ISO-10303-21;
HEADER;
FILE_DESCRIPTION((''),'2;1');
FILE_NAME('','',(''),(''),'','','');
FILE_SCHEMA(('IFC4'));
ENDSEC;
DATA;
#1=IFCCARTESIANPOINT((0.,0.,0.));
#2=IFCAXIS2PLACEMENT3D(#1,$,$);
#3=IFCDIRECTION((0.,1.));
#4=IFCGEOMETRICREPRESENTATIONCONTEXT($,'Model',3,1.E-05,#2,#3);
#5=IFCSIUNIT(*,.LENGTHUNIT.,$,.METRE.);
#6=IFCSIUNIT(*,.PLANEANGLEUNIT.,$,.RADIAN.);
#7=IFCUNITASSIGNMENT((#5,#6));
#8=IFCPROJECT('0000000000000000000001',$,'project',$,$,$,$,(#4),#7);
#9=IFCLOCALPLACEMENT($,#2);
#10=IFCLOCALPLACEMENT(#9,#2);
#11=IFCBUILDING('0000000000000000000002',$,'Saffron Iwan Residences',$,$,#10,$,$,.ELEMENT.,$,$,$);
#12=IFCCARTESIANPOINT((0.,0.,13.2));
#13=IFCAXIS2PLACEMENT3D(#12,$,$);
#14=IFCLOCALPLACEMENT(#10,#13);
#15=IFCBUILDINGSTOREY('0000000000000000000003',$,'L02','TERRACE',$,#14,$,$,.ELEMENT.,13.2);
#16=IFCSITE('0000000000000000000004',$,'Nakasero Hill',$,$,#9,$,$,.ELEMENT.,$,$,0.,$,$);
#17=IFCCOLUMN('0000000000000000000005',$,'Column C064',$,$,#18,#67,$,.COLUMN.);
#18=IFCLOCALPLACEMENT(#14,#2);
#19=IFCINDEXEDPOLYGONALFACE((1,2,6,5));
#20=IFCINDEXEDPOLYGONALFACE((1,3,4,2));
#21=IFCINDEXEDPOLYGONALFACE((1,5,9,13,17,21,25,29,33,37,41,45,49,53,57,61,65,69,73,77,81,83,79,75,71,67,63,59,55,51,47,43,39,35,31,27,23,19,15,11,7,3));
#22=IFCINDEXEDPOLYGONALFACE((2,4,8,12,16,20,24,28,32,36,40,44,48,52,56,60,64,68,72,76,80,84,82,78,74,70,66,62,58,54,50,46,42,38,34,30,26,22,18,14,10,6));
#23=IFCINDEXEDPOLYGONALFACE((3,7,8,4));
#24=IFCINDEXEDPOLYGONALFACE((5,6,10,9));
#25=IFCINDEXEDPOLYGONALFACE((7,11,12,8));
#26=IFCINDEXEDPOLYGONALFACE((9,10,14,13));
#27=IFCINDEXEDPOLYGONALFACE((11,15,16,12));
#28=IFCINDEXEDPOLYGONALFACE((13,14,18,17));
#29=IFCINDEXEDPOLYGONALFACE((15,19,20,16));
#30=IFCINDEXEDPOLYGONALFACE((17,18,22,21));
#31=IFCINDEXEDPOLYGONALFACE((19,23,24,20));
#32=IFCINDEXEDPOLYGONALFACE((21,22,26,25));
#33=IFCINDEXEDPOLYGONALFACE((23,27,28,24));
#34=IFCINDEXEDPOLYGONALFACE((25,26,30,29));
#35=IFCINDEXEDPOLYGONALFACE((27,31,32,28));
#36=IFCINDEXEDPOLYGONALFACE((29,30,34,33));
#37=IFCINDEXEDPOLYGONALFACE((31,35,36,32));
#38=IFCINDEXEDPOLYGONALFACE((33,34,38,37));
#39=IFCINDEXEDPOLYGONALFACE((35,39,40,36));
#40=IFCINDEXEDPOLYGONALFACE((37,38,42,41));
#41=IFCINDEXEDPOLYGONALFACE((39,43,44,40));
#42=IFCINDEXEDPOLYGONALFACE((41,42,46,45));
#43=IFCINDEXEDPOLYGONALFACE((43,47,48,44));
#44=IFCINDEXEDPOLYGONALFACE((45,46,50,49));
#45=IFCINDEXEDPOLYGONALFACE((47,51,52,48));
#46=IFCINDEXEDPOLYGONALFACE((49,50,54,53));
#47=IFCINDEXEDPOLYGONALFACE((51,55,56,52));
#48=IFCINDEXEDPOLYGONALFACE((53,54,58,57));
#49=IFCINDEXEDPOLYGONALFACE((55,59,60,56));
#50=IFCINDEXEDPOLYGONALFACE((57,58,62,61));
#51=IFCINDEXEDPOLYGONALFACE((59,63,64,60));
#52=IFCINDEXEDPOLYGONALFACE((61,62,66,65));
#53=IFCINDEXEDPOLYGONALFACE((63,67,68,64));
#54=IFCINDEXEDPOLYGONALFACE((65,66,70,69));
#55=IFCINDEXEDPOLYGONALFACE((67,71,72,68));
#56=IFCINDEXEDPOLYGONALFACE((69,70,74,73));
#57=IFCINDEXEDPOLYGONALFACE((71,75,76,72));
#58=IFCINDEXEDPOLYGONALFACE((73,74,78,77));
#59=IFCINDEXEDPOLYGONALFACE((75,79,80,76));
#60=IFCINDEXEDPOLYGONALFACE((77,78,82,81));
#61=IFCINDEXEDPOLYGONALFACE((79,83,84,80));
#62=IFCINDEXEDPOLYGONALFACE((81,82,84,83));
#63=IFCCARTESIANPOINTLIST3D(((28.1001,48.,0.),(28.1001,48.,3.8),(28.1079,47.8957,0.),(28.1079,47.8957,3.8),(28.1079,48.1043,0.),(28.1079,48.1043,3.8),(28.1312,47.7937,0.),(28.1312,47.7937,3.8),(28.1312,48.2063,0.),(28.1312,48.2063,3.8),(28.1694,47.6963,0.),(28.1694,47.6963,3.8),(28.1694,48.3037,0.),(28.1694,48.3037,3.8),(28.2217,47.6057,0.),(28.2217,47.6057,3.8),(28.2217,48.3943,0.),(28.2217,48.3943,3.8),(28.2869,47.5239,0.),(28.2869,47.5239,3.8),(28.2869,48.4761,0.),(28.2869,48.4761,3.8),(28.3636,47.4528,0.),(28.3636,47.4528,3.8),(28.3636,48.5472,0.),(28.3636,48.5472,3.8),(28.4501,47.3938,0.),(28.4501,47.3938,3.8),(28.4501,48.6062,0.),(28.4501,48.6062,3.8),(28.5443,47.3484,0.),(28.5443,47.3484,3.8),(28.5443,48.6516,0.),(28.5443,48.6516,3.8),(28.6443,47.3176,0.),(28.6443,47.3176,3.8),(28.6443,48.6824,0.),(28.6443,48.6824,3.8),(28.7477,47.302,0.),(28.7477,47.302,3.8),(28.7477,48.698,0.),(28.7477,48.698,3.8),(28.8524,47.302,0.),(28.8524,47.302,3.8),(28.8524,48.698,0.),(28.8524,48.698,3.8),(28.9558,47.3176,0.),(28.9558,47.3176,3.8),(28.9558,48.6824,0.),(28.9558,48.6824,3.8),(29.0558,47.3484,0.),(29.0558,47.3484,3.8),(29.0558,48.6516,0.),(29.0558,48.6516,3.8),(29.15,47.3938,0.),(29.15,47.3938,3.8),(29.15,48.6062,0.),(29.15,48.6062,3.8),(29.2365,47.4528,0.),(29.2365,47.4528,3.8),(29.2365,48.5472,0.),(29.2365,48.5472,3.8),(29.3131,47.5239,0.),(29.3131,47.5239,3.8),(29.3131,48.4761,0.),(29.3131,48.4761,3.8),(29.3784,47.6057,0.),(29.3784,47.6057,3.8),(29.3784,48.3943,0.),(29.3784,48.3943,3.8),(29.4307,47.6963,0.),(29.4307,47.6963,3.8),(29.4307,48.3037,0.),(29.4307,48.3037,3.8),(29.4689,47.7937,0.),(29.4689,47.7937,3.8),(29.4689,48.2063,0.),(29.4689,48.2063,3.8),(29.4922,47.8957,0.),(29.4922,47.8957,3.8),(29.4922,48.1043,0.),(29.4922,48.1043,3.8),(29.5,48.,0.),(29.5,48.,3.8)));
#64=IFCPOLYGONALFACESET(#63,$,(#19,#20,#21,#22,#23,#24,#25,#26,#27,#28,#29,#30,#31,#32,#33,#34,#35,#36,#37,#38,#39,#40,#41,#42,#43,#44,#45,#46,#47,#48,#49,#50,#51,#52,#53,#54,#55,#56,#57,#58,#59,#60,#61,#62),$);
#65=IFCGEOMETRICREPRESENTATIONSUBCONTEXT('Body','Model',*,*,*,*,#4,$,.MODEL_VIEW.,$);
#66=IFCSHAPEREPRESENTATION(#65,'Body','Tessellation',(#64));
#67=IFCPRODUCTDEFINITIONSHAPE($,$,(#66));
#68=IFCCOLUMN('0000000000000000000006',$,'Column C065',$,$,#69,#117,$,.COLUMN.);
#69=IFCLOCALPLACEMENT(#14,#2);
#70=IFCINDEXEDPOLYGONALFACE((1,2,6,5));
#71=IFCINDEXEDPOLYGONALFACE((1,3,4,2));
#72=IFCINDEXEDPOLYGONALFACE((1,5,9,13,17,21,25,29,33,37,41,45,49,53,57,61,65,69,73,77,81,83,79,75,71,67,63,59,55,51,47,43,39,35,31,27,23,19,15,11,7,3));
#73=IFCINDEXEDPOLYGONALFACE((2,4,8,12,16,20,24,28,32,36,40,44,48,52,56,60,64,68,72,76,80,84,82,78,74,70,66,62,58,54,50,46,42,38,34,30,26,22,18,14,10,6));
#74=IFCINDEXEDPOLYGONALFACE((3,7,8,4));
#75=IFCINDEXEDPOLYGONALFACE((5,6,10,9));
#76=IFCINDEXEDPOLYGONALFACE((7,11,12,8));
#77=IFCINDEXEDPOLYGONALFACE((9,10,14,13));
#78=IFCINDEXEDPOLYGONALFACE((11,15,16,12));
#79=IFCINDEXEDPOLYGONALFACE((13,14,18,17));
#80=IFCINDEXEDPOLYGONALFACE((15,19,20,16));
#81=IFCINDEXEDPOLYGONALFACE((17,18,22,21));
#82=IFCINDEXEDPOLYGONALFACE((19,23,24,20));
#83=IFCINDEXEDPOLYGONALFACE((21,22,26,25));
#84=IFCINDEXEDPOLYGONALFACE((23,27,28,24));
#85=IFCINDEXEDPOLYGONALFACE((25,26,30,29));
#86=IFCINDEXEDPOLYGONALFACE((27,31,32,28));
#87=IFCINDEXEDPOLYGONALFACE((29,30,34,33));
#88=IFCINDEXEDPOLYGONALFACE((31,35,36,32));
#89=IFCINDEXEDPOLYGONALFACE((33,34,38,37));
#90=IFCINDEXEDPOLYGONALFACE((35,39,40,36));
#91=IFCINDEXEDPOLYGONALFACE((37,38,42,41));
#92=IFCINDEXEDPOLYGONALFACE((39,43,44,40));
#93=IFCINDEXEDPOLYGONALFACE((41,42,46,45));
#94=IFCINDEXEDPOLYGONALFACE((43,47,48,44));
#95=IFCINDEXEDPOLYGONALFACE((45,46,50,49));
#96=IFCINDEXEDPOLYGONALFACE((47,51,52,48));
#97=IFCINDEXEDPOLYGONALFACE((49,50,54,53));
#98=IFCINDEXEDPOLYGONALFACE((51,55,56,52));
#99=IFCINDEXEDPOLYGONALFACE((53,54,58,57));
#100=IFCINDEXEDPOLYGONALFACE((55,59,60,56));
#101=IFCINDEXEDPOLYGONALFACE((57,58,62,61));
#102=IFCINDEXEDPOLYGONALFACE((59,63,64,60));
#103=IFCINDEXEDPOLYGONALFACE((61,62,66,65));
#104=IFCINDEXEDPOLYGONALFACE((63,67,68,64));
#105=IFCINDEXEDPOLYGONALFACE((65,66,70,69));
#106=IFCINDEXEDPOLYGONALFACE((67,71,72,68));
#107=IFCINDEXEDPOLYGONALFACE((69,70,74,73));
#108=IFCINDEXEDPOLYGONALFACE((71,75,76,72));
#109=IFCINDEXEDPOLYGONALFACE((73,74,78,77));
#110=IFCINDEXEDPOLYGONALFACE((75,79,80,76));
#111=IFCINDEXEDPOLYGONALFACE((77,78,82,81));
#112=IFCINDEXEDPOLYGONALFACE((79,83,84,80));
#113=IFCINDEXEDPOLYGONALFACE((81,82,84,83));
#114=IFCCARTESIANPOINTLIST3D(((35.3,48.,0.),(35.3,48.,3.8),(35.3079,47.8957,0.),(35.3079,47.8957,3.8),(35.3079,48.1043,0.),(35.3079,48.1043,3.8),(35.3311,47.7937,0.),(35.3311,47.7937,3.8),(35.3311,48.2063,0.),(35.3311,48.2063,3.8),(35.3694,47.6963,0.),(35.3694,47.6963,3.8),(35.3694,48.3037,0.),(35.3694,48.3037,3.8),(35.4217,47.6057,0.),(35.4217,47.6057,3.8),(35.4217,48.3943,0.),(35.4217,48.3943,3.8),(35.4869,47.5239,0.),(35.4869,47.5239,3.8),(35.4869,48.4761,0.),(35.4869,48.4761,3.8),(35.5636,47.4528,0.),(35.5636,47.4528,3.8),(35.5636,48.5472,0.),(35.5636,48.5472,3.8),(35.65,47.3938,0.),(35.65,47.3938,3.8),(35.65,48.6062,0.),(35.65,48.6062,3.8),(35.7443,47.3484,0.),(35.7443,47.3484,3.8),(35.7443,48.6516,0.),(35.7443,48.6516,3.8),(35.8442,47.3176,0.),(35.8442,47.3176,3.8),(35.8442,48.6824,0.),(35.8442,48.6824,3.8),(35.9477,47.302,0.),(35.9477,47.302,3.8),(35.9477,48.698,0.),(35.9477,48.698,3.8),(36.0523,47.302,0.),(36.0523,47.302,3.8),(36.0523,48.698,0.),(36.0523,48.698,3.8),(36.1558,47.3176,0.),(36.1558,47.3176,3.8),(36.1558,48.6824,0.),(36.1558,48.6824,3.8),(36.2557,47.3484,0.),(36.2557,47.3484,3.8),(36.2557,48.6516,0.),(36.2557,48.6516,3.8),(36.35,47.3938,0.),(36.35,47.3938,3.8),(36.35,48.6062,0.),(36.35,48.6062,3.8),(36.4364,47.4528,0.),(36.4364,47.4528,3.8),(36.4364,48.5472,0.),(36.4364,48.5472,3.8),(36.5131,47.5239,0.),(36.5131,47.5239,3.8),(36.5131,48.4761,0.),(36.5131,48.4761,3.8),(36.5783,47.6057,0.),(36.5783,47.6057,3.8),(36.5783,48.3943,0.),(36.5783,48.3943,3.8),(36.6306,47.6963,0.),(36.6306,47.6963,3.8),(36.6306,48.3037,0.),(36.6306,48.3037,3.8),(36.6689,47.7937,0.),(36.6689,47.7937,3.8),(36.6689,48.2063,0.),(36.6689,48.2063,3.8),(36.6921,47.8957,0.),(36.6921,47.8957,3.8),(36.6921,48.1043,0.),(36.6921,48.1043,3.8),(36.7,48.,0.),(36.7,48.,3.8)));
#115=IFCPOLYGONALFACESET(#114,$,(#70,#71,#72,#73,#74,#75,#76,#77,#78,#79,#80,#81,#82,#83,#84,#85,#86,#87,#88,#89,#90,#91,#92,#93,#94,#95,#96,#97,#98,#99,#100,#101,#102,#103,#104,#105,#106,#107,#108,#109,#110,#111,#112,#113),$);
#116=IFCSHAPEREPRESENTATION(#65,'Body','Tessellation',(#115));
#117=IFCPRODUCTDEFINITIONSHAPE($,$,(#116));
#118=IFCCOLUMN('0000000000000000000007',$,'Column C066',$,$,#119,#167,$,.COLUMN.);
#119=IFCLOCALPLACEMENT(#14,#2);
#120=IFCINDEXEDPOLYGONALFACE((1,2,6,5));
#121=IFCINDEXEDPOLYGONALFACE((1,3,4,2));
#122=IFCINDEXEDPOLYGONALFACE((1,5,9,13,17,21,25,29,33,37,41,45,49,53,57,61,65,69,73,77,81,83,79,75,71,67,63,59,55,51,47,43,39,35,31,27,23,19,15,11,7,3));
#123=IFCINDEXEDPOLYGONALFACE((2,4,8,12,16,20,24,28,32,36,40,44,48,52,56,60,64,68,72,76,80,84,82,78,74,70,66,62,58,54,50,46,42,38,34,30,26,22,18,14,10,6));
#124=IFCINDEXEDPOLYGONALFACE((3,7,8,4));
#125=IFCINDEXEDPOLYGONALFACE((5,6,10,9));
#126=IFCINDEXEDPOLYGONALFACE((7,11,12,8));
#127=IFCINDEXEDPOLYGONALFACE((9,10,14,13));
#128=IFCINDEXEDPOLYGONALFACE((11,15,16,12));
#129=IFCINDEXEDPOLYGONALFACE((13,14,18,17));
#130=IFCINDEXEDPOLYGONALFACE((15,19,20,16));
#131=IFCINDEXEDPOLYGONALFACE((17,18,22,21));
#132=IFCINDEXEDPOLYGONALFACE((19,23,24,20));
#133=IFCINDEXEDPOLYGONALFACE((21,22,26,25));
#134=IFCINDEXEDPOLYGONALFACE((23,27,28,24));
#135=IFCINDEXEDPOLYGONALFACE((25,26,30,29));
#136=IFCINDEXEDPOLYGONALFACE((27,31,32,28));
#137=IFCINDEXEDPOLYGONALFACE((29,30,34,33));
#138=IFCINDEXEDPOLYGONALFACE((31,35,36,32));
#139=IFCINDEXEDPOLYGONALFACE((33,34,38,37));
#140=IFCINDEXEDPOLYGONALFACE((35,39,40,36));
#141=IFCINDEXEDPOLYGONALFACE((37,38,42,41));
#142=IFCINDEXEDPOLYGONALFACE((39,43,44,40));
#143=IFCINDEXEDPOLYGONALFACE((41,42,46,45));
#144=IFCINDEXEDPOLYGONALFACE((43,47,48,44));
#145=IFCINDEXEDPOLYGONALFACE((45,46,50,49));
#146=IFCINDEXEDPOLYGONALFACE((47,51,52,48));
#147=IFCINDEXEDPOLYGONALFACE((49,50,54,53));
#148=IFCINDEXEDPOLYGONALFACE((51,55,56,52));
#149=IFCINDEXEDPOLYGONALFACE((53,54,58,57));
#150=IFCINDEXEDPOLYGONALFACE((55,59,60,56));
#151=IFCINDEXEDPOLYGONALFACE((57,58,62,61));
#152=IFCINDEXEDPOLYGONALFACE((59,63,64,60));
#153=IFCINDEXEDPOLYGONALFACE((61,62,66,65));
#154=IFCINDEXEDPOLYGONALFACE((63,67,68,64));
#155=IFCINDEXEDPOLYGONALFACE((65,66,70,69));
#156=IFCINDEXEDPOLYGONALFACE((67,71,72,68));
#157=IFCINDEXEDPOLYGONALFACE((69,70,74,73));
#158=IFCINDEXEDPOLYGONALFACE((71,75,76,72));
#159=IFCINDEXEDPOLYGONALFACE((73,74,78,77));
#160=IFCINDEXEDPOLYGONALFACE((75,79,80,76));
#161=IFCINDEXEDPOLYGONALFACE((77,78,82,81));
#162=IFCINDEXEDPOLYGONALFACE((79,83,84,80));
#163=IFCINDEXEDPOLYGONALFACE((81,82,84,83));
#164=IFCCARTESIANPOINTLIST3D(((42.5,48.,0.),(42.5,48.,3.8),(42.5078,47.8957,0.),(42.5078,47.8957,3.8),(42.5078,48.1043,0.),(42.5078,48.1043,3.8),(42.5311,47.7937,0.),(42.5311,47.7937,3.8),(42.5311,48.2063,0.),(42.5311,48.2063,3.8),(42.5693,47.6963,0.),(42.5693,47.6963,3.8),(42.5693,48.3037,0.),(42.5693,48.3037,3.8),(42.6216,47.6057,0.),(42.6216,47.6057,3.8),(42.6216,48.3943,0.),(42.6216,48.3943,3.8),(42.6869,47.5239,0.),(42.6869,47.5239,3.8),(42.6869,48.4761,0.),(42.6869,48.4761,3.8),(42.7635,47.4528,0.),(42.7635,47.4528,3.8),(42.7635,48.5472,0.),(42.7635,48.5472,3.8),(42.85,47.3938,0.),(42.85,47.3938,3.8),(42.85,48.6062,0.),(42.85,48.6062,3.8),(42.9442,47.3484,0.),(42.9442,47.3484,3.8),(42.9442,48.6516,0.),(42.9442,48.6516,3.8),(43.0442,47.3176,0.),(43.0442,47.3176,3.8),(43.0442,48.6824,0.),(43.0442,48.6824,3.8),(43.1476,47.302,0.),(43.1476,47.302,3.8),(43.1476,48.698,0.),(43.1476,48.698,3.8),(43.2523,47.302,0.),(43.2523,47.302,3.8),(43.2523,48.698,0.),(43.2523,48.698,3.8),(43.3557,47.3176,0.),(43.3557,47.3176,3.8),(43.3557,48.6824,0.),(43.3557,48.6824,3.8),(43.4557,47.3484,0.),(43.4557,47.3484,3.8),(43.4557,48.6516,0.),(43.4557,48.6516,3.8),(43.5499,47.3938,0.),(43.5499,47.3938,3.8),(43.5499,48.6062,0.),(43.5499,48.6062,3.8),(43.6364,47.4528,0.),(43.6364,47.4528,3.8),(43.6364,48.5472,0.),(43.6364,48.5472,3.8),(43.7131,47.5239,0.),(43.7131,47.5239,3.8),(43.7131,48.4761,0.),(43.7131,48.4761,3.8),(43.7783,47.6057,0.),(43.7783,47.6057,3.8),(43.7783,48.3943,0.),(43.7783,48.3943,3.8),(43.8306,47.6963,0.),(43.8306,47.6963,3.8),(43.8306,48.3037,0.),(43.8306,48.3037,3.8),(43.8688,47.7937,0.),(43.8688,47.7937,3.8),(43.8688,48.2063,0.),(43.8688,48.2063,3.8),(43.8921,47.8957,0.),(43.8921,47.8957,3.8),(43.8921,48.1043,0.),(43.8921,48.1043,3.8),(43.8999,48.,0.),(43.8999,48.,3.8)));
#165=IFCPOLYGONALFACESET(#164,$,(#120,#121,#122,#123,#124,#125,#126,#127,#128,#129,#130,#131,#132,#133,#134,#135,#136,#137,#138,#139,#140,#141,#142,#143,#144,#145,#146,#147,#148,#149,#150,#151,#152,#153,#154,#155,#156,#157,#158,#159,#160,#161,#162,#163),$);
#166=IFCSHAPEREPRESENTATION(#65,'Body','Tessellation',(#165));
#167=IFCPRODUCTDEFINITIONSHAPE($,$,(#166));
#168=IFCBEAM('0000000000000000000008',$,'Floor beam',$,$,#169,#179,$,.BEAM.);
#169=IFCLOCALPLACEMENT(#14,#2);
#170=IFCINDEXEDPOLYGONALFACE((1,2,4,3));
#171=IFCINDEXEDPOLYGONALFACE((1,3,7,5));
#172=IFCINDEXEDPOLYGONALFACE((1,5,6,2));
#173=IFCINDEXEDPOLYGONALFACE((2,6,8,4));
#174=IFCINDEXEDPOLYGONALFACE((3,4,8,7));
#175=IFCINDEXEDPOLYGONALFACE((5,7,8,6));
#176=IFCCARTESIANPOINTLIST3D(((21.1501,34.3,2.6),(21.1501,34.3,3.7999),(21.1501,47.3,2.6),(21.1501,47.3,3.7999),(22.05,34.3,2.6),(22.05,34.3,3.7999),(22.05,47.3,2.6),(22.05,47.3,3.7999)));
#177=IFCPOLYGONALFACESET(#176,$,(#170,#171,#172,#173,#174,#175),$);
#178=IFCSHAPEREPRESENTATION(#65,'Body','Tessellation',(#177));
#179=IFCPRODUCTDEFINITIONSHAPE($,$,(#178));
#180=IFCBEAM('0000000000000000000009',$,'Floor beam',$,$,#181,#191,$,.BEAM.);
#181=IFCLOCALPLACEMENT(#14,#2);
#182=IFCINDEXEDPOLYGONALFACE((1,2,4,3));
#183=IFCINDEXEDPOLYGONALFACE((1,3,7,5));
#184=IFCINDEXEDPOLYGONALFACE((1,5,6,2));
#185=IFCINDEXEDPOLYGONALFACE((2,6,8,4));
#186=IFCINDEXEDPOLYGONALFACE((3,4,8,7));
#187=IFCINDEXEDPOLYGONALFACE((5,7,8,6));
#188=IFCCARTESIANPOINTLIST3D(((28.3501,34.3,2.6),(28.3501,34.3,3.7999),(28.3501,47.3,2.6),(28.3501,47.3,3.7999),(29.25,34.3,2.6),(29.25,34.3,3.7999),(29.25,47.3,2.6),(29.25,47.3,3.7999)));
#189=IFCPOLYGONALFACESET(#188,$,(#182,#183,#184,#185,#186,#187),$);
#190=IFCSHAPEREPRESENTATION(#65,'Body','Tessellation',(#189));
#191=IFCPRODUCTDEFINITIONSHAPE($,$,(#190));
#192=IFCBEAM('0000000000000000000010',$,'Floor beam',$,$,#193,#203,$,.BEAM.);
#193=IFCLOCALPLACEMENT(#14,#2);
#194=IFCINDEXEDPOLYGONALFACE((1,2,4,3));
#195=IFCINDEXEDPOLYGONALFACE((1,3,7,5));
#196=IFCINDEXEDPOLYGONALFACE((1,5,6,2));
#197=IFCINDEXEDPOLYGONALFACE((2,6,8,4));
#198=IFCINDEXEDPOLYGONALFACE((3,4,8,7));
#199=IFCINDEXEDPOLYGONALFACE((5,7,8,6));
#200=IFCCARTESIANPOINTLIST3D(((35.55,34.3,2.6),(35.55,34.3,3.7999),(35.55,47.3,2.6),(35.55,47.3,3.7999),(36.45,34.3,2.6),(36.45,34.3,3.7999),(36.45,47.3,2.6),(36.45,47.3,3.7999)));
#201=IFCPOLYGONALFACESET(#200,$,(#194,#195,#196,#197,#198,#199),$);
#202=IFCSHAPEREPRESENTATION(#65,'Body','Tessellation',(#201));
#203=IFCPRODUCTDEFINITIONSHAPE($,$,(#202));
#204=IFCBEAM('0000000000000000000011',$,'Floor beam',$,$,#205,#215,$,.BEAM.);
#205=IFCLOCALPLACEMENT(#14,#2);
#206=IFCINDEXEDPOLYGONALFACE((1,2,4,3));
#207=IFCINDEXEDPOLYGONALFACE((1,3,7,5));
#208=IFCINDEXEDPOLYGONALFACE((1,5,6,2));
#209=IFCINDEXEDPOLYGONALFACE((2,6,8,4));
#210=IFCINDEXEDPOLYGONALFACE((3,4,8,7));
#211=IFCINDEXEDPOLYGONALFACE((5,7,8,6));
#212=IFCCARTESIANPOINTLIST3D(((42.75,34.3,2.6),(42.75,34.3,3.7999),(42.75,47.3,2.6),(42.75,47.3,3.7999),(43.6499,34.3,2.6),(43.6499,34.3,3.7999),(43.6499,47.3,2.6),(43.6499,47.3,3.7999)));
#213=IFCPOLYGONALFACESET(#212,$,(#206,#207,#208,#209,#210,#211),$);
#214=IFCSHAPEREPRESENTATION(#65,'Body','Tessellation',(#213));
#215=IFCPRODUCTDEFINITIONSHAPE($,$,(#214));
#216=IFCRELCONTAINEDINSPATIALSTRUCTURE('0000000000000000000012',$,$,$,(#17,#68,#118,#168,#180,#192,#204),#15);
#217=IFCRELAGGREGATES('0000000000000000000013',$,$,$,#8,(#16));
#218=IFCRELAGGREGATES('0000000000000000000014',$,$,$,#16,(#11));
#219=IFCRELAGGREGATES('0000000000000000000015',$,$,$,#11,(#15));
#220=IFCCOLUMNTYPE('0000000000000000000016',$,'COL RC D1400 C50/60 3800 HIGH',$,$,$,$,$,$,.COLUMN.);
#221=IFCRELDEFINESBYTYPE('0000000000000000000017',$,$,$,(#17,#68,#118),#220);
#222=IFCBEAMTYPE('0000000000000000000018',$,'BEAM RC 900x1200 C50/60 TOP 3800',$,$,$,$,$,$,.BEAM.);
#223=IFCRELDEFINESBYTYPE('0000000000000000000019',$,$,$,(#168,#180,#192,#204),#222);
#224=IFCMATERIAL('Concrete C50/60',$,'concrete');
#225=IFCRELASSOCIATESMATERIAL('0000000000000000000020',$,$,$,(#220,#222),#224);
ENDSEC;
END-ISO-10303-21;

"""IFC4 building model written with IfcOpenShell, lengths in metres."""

from ifc_helpers import new_model, si_unit, direction, frame, origin, origin_2d, place, context, subcontext, project, spatial, rectangle, circle, extrude, source, transform, mapped, material, material_profile, profile_set, type_object, element, save


model = new_model("IFC4")

# Units and contexts
model_context = context("Model", 3, precision=1e-05, world=origin(), true_north=direction((0.0, 1.0)))
body_context = subcontext(model_context, "Body", "Model", "MODEL_VIEW")
ifc_project = project(units=[si_unit("LENGTHUNIT", "METRE"), si_unit("PLANEANGLEUNIT", "RADIAN")], contexts=[model_context])

# Site, building, storey
site_placement = place(None, origin())
site = spatial("IfcSite", under=ifc_project, at=site_placement, Name="Nakasero Hill", CompositionType="ELEMENT", RefElevation=0.0)
building_placement = place(site_placement, origin())
building = spatial("IfcBuilding", under=site, at=building_placement, Name="Saffron Iwan Residences", CompositionType="ELEMENT")
storey_placement = place(building_placement, frame((0.0, 0.0, 13.2)))
storey = spatial("IfcBuildingStorey", under=building, at=storey_placement, Name="L02", Description="TERRACE", CompositionType="ELEMENT", Elevation=13.2)

# Columns
ifc_material_1 = material(Name="Concrete C50/60", Category="concrete")
ifc_material_profile_1 = material_profile(ifc_material_1, circle(Radius=0.7, at=origin_2d()), Name="RC D1400")
ifc_profile_set_1 = profile_set([ifc_material_profile_1], Name="Concrete C50/60")
column_type = type_object("IfcColumnType", Name="COL RC D1400 C50/60 3800 HIGH", PredefinedType="COLUMN", material=ifc_profile_set_1)
shared_shape_1 = source(origin(), body_context, "Body", "SweptSolid", [
    extrude(circle(Radius=0.7, at=origin_2d()), origin(), (0.0, 0.0, 1.0), 3.8),
])
for number, where, z_axis, x_axis, name in (
    (1, (28.8, 48.0, 0.0), (0.0, 0.0, 1.0), (1.0, 0.0, 0.0), "Column C064"),
    (2, (36.0, 48.0, 0.0), (0.0, 0.0, 1.0), (1.0, 0.0, 0.0), "Column C065"),
    (3, (43.2, 48.0, 0.0), (0.0, 0.0, 1.0), (1.0, 0.0, 0.0), "Column C066"),
):
    element("IfcColumn", number, at=place(storey_placement, frame(where, z_axis=z_axis, x_axis=x_axis)), inside=storey, type_object=column_type, Name=name, PredefinedType="COLUMN", context=body_context, shape_type="MappedRepresentation", body=[
        mapped(shared_shape_1, transform((0.0, 0.0, 0.0))),
    ])

# Beams
ifc_material_profile_2 = material_profile(ifc_material_1, rectangle(XDim=0.8999, YDim=1.2, at=origin_2d()), Name="RC 900x1200")
ifc_profile_set_2 = profile_set([ifc_material_profile_2], Name="Concrete C50/60")
beam_type_1 = type_object("IfcBeamType", Name="BEAM RC 900x1200 C50/60 TOP 3800", PredefinedType="BEAM", material=ifc_profile_set_2)
shared_shape_2 = source(origin(), body_context, "Body", "SweptSolid", [
    extrude(rectangle(XDim=0.8999, YDim=1.2, at=origin_2d()), origin(), (0.0, 0.0, 1.0), 13.0),
])
for number, where, z_axis, x_axis, name in (
    (4, (21.6001, 34.3, 3.2), (0.0, 1.0, 0.0), (-1.0, 0.0, 0.0), "Floor beam"),
    (5, (28.8, 34.3, 3.2), (0.0, 1.0, 0.0), (-1.0, 0.0, 0.0), "Floor beam"),
    (6, (36.0, 34.3, 3.2), (0.0, 1.0, 0.0), (-1.0, 0.0, 0.0), "Floor beam"),
    (7, (43.2, 34.3, 3.2), (0.0, 1.0, 0.0), (-1.0, 0.0, 0.0), "Floor beam"),
):
    element("IfcBeam", number, at=place(storey_placement, frame(where, z_axis=z_axis, x_axis=x_axis)), inside=storey, type_object=beam_type_1, Name=name, PredefinedType="BEAM", context=body_context, shape_type="MappedRepresentation", body=[
        mapped(shared_shape_2, transform((0.0, 0.0, 0.0))),
    ])

save(model, "model.ifc")
